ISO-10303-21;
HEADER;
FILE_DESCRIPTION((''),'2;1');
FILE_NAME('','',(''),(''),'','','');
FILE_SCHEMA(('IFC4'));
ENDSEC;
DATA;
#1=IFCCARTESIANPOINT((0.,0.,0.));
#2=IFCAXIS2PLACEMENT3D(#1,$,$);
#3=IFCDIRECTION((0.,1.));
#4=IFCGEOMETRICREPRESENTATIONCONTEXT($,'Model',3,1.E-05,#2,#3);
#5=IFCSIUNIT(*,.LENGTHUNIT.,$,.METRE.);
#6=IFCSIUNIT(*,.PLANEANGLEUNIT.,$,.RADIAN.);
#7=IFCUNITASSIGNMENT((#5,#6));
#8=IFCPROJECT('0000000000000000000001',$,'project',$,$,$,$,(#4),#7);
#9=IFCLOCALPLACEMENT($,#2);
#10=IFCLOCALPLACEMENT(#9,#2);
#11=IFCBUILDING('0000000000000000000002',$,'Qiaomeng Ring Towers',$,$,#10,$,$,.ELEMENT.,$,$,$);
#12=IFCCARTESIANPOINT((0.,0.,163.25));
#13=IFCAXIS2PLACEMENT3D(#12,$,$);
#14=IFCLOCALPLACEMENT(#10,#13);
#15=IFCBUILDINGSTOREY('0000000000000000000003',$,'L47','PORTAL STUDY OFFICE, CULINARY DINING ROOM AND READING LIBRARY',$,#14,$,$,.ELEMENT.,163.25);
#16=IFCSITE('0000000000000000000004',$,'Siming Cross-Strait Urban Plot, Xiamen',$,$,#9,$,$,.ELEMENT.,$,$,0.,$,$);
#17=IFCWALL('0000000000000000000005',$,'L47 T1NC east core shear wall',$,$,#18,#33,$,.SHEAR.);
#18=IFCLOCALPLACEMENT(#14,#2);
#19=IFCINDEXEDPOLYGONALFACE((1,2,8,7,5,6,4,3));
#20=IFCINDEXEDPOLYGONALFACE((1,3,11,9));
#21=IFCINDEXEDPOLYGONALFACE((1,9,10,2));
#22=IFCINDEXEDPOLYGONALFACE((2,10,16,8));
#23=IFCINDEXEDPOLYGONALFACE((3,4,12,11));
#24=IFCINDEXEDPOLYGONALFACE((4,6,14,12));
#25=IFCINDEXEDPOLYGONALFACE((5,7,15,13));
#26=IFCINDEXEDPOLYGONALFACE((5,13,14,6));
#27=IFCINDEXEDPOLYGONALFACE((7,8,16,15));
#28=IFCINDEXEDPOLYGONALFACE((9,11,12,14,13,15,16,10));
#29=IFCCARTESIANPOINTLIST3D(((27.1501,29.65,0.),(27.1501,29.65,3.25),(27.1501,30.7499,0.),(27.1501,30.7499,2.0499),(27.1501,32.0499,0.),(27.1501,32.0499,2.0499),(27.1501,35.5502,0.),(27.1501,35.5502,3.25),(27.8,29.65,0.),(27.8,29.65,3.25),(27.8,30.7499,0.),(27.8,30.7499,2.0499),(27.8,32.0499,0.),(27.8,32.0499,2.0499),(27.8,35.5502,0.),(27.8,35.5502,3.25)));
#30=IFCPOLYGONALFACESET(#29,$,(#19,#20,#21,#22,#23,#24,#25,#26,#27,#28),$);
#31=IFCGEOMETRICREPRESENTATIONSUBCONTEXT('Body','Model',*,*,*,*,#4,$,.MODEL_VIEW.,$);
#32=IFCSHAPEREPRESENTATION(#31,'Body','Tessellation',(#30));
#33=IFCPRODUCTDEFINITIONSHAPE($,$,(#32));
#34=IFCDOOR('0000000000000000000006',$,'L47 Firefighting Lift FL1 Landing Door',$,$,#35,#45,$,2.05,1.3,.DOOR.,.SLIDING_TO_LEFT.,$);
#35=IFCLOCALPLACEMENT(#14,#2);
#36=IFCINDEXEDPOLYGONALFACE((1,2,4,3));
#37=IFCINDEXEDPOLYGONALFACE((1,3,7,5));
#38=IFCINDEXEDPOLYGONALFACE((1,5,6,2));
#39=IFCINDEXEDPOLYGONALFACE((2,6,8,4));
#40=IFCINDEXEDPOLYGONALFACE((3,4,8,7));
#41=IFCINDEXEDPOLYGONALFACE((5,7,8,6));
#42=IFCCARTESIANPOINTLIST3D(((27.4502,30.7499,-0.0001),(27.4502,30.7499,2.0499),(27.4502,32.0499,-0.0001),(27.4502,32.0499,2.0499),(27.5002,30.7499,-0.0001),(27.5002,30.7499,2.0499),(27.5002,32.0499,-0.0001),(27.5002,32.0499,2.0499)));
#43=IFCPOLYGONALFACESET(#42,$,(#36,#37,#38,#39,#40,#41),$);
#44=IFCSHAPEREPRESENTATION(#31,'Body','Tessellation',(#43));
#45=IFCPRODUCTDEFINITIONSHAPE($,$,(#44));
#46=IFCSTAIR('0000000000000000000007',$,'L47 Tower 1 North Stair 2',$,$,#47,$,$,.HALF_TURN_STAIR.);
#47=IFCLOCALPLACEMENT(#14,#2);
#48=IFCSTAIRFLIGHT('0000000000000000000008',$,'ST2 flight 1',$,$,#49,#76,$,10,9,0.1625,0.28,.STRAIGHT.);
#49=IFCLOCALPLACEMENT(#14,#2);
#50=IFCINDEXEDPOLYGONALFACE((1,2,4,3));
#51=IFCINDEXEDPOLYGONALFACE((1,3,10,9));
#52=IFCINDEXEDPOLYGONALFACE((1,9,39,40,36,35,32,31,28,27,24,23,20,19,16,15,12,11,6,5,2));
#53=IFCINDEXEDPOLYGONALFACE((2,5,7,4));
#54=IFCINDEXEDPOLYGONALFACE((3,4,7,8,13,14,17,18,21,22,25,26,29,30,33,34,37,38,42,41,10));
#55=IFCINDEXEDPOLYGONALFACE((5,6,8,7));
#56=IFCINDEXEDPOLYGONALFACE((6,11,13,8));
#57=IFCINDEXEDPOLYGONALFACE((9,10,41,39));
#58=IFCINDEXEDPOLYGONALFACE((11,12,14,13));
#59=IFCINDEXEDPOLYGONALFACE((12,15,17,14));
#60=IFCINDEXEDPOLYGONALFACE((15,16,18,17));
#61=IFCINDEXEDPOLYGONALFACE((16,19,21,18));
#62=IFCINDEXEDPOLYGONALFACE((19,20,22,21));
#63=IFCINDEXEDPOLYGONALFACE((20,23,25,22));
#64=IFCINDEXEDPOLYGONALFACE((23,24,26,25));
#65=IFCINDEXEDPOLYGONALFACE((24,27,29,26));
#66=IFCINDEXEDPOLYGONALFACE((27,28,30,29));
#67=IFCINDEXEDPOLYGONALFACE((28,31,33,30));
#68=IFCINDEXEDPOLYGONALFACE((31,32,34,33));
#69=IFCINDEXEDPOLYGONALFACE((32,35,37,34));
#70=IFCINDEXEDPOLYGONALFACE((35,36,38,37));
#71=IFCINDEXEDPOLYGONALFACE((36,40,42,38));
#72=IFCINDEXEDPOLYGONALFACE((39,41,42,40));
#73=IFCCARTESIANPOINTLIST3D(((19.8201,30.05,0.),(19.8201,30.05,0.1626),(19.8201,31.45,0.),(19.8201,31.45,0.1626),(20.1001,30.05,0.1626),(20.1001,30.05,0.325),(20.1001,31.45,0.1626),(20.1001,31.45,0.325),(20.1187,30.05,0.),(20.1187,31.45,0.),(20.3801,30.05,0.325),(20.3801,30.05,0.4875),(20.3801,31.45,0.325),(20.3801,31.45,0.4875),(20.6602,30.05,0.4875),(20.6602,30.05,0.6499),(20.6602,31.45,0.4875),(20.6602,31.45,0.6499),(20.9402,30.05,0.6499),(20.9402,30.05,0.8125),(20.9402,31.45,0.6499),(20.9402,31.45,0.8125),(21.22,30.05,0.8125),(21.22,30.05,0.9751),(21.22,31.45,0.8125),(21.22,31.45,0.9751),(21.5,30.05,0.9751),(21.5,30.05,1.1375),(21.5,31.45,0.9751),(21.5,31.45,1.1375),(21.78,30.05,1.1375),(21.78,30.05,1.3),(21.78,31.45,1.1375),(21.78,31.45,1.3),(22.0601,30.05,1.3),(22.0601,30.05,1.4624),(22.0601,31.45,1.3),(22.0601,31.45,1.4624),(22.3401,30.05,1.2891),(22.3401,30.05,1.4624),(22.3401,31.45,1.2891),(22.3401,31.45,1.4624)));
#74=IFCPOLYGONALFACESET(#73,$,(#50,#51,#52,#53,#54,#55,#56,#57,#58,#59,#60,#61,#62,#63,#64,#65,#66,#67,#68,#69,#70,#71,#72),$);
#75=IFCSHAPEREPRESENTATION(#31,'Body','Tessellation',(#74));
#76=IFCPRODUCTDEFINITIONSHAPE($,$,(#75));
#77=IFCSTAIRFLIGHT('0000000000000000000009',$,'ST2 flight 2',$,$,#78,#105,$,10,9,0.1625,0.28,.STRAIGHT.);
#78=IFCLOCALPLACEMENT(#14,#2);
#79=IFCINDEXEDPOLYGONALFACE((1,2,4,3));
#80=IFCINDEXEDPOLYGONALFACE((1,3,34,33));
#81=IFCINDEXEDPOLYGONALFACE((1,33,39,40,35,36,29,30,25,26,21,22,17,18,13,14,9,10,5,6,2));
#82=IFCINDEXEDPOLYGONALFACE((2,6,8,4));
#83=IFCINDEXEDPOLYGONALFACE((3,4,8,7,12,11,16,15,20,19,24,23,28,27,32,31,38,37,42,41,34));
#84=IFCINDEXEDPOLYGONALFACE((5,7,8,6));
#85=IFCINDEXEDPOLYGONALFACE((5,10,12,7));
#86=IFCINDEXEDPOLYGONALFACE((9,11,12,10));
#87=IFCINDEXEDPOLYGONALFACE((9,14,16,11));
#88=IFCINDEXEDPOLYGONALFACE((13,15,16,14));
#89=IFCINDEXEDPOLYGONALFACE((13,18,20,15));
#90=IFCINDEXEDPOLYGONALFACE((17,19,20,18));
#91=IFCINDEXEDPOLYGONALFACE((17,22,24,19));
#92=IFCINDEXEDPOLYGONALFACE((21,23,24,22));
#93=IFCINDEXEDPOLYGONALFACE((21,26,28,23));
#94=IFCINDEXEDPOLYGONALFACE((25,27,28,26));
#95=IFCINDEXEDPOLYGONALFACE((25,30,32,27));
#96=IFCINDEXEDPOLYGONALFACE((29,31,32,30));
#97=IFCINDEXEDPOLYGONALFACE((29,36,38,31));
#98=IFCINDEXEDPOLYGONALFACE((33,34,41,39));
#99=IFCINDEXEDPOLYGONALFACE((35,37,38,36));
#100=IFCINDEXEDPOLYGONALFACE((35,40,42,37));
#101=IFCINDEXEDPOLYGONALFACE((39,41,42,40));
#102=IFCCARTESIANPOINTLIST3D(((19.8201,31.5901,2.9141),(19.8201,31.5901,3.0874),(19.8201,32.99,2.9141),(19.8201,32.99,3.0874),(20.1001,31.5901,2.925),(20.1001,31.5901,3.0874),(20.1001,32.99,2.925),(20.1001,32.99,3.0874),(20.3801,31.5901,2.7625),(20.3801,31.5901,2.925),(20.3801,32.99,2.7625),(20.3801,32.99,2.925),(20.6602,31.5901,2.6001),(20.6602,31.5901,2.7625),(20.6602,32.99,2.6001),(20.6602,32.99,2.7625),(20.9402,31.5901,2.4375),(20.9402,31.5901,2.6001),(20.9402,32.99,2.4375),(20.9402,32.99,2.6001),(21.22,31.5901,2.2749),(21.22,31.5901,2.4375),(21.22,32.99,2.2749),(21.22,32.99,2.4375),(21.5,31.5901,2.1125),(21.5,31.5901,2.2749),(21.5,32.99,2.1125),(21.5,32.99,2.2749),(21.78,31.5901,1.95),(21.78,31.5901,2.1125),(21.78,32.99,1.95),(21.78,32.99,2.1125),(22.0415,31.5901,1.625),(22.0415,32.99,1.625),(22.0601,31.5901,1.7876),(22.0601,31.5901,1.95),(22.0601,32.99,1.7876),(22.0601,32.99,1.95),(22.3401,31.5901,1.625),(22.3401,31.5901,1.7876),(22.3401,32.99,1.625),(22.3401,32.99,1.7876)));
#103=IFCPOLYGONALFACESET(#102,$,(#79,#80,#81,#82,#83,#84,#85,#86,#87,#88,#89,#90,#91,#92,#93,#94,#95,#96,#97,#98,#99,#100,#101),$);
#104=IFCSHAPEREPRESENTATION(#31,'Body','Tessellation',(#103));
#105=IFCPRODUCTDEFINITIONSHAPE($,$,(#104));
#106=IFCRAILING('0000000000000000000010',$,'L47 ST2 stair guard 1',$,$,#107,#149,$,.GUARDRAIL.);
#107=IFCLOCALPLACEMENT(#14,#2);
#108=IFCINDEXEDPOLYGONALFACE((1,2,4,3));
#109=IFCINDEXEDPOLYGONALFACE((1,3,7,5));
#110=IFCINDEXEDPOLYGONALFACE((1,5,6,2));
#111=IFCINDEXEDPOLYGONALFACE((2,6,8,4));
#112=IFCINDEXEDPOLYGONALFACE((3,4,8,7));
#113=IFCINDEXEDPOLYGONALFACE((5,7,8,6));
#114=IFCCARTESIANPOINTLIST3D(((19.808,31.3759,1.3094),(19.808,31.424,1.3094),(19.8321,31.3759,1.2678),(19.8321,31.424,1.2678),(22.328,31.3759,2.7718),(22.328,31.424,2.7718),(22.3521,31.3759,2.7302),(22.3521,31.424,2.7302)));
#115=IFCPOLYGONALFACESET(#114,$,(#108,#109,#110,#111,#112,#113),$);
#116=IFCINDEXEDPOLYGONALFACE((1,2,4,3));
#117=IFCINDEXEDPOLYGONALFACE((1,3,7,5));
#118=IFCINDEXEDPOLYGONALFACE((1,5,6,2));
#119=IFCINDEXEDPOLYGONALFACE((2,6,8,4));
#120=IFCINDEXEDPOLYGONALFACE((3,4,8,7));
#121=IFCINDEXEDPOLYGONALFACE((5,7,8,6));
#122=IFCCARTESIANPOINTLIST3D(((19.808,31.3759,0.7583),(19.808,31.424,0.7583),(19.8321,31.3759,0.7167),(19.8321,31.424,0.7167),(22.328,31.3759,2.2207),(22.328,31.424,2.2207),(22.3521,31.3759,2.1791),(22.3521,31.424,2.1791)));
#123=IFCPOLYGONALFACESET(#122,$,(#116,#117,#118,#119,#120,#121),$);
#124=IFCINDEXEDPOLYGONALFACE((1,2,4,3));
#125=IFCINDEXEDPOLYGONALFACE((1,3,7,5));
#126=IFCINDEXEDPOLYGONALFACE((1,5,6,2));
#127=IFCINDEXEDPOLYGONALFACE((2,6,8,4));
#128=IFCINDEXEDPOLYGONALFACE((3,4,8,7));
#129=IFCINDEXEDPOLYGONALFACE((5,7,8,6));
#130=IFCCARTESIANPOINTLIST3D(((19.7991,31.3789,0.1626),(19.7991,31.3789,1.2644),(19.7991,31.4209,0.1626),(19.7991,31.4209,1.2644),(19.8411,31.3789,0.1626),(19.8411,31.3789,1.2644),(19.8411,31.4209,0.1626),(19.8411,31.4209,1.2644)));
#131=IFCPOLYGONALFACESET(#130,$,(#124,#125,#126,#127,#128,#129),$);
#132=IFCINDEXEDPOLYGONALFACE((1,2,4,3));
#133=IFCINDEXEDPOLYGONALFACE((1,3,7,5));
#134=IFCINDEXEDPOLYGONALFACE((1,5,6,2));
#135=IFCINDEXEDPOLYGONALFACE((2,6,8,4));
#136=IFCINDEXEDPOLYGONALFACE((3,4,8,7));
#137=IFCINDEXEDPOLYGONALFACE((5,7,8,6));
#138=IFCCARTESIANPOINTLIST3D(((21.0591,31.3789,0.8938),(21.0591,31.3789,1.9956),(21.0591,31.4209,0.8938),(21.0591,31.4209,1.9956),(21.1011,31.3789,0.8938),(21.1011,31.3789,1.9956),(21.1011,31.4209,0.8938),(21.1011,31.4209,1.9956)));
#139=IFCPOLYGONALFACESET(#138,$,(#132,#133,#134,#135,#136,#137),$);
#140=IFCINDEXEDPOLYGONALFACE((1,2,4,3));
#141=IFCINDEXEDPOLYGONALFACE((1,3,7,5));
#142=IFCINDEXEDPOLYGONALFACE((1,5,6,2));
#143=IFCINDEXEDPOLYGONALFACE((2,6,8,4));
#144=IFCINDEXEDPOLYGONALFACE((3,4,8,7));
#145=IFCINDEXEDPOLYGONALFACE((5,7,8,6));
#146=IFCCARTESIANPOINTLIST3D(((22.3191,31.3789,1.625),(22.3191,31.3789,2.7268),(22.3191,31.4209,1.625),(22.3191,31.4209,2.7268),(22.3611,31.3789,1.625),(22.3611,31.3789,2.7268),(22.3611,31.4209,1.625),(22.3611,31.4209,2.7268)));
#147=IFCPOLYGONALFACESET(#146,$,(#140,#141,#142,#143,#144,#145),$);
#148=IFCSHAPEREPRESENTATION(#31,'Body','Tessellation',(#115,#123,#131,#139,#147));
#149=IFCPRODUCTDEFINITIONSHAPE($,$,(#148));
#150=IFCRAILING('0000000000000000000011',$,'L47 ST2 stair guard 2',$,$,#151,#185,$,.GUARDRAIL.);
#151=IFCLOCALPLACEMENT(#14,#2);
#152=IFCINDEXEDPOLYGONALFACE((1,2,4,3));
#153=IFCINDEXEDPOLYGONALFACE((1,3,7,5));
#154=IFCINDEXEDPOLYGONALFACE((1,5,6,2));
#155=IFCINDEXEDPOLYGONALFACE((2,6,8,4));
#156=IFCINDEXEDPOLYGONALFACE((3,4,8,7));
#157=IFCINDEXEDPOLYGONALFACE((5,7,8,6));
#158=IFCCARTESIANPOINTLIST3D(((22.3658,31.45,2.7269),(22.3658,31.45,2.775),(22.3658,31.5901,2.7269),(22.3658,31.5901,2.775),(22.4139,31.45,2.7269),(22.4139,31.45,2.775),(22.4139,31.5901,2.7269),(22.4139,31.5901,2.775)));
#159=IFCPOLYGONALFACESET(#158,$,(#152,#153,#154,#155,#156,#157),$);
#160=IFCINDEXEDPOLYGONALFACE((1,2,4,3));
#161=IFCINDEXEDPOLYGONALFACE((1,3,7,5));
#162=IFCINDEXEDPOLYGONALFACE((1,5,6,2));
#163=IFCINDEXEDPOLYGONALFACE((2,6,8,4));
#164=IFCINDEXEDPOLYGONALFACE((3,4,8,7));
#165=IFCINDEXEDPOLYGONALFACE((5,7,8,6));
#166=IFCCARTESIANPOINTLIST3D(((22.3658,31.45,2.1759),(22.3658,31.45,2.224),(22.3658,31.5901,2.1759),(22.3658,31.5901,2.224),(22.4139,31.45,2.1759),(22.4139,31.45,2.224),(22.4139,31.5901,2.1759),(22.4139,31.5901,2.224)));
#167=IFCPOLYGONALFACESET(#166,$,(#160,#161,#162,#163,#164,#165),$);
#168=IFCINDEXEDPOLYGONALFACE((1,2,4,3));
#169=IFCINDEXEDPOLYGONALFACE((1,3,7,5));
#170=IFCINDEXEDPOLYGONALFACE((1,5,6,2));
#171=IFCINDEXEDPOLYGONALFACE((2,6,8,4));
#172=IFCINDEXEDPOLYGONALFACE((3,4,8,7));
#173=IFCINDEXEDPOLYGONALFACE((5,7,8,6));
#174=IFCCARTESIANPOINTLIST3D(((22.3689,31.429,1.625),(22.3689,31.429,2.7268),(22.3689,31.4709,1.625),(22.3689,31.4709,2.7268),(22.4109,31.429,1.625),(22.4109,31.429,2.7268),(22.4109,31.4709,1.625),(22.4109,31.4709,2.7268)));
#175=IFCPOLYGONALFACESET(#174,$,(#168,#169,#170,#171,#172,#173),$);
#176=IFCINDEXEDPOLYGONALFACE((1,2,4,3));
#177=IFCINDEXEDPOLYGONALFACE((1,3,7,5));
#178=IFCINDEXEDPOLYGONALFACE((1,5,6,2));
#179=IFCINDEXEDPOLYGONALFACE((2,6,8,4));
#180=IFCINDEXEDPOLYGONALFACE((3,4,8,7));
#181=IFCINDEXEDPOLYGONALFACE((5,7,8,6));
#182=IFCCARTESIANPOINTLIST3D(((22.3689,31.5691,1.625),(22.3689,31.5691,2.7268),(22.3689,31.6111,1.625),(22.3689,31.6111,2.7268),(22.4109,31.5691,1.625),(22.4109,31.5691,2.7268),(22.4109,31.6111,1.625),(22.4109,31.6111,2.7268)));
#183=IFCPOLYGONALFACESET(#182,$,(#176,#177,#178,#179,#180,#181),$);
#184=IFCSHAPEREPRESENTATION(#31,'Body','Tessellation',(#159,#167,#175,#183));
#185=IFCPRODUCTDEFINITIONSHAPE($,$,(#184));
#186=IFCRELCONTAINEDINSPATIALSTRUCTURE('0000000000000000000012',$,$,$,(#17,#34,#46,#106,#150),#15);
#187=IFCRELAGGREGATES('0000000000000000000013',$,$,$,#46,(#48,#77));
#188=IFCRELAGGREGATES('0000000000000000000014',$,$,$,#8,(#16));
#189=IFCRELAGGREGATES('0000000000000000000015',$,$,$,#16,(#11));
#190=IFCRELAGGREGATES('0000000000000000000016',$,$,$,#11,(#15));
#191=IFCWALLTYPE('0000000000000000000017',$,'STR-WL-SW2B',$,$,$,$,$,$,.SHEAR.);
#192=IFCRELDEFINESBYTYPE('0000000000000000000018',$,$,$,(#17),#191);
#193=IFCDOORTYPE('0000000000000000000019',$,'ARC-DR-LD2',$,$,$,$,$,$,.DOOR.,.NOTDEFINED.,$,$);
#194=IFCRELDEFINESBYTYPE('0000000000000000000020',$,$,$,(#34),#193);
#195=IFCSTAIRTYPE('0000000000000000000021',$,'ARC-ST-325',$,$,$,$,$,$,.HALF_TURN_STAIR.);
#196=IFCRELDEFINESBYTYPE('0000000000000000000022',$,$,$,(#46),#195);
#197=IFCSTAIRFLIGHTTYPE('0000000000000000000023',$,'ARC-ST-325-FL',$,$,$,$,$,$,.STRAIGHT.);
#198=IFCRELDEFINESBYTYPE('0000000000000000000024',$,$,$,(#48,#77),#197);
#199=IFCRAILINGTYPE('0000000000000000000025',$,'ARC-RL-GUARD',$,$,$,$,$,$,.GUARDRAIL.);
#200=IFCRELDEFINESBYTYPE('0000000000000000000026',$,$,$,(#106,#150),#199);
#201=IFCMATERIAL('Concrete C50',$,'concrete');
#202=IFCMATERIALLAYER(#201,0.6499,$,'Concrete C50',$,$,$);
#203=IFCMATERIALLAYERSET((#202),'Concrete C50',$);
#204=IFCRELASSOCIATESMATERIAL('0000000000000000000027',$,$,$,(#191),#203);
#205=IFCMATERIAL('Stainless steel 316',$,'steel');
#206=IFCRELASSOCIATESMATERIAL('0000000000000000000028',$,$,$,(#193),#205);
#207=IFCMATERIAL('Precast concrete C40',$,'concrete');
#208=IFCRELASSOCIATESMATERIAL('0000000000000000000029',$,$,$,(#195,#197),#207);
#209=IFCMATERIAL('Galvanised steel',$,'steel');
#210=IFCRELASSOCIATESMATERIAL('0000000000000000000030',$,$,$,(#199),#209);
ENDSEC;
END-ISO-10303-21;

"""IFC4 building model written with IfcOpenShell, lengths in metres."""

from ifc_helpers import new_model, si_unit, direction, frame, frame_2d, origin, origin_2d, place, context, subcontext, project, spatial, polyline, rectangle, outline, extrude, source, transform, mapped, material, layer, layer_set, type_object, element, fill, aggregate, save


model = new_model("IFC4")

# Units and contexts
model_context = context("Model", 3, precision=1e-05, world=origin(), true_north=direction((0.0, 1.0)))
body_context = subcontext(model_context, "Body", "Model", "MODEL_VIEW")
ifc_project = project(units=[si_unit("LENGTHUNIT", "METRE"), si_unit("PLANEANGLEUNIT", "RADIAN")], contexts=[model_context])

# Site, building, storey
site_placement = place(None, origin())
site = spatial("IfcSite", under=ifc_project, at=site_placement, Name="Siming Cross-Strait Urban Plot, Xiamen", CompositionType="ELEMENT", RefElevation=0.0)
building_placement = place(site_placement, origin())
building = spatial("IfcBuilding", under=site, at=building_placement, Name="Qiaomeng Ring Towers", CompositionType="ELEMENT")
storey_placement = place(building_placement, frame((0.0, 0.0, 163.25)))
storey = spatial("IfcBuildingStorey", under=building, at=storey_placement, Name="L47", Description="PORTAL STUDY OFFICE, CULINARY DINING ROOM AND READING LIBRARY", CompositionType="ELEMENT", Elevation=163.25)

# Shared definitions
ifc_material_1 = material(Name="Precast concrete C40", Category="concrete")

# Shared definitions
ifc_material_2 = material(Name="Galvanised steel", Category="steel")

# Wall, opening, door
ifc_material_3 = material(Name="Concrete C50", Category="concrete")
ifc_layer_1 = layer(ifc_material_3, 0.6499, Name="Concrete C50")
ifc_layer_set_1 = layer_set([ifc_layer_1], Name="Concrete C50")
wall_type_1 = type_object("IfcWallType", Name="STR-WL-SW2B", PredefinedType="SHEAR", material=ifc_layer_set_1)
wall_1_placement = place(storey_placement, frame((27.4751, 29.6499, 0.0), z_axis=(0.0, 0.0, 1.0), x_axis=(0.0, 1.0, 0.0)))
wall_1 = element("IfcWall", 1, at=wall_1_placement, inside=storey, type_object=wall_type_1, Name="L47 T1NC east core shear wall", PredefinedType="SHEAR", context=body_context, shape_type="SweptSolid", body=[
    extrude(rectangle(XDim=5.9001, YDim=0.6499, at=frame_2d((2.9502, 0.0))), origin(), (0.0, 0.0, 1.0), 3.25),
])
opening_1_placement = place(wall_1_placement, frame((1.1001, 0.0, 0.0)))
opening_1 = element("IfcOpeningElement", 2, at=opening_1_placement, cuts=wall_1, PredefinedType="OPENING", context=body_context, shape_type="SweptSolid", body=[
    extrude(rectangle(XDim=1.3, YDim=2.05, at=frame_2d((0.6499, 1.0249))), frame((0.0, 0.335, 0.0), z_axis=(0.0, -1.0, 0.0), x_axis=(1.0, 0.0, 0.0)), (0.0, 0.0, 1.0), 0.6699),
])
ifc_material_4 = material(Name="Stainless steel 316", Category="steel")
door_type_1 = type_object("IfcDoorType", Name="ARC-DR-LD2", OperationType="NOTDEFINED", PredefinedType="DOOR", material=ifc_material_4)
shared_shape_1 = source(origin(), body_context, "Body", "SweptSolid", [
    extrude(rectangle(XDim=1.3, YDim=2.05, at=frame_2d((0.6499, 1.0249))), frame((0.0, 0.0249, 0.0), z_axis=(0.0, -1.0, 0.0), x_axis=(1.0, 0.0, 0.0)), (0.0, 0.0, 1.0), 0.05),
])
door_1_placement = place(opening_1_placement, origin())
door_1 = element("IfcDoor", 3, at=door_1_placement, inside=storey, type_object=door_type_1, Name="L47 Firefighting Lift FL1 Landing Door", OperationType="SLIDING_TO_LEFT", OverallHeight=2.05, OverallWidth=1.3, PredefinedType="DOOR", context=body_context, shape_type="MappedRepresentation", body=[
    mapped(shared_shape_1, transform((0.0, 0.0, 0.0), x_axis=(1.0, 0.0, 0.0), y_axis=(0.0, 1.0, 0.0), z_axis=(0.0, 0.0, 1.0), scale=1.0)),
])
fill(opening_1, door_1)

# Stair, stair flights
stair_type = type_object("IfcStairType", Name="ARC-ST-325", PredefinedType="HALF_TURN_STAIR", material=ifc_material_1)
stair_placement = place(storey_placement, origin())
stair = element("IfcStair", 4, at=stair_placement, inside=storey, type_object=stair_type, Name="L47 Tower 1 North Stair 2", PredefinedType="HALF_TURN_STAIR")
stair_flight_type = type_object("IfcStairFlightType", Name="ARC-ST-325-FL", PredefinedType="STRAIGHT", material=ifc_material_1)
shared_shape_2 = source(origin(), body_context, "Body", "SweptSolid", [
    extrude(outline(polyline([(0.0, 0.0), (0.0, 0.1626), (0.28, 0.1626), (0.28, 0.325), (0.5601, 0.325), (0.5601, 0.4875), (0.8401, 0.4875), (0.8401, 0.6499), (1.1201, 0.6499), (1.1201, 0.8125), (1.3999, 0.8125), (1.3999, 0.9751), (1.6799, 0.9751), (1.6799, 1.1375), (1.96, 1.1375), (1.96, 1.3), (2.24, 1.3), (2.24, 1.4624), (2.52, 1.4624), (2.52, 1.625), (2.52, 1.2891), (0.2986, 0.0), (0.0, 0.0)])), frame((0.0, 0.7, 0.0), z_axis=(0.0, -1.0, 0.0), x_axis=(1.0, 0.0, 0.0)), (0.0, 0.0, 1.0), 1.3999),
])
stair_flight_1_placement = place(storey_placement, frame((19.8201, 30.75, 0.0), z_axis=(0.0, 0.0, 1.0), x_axis=(1.0, 0.0, 0.0)))
stair_flight_1 = element("IfcStairFlight", 5, at=stair_flight_1_placement, type_object=stair_flight_type, Name="ST2 flight 1", NumberOfRisers=10, NumberOfTreads=9, PredefinedType="STRAIGHT", RiserHeight=0.1625, TreadLength=0.28, context=body_context, shape_type="MappedRepresentation", body=[
    mapped(shared_shape_2, transform((0.0, 0.0, 0.0), x_axis=(1.0, 0.0, 0.0), y_axis=(0.0, 1.0, 0.0), z_axis=(0.0, 0.0, 1.0), scale=1.0)),
])
stair_flight_2_placement = place(storey_placement, frame((22.3401, 32.29, 1.625), z_axis=(0.0, 0.0, 1.0), x_axis=(-1.0, 0.0, 0.0)))
stair_flight_2 = element("IfcStairFlight", 6, at=stair_flight_2_placement, type_object=stair_flight_type, Name="ST2 flight 2", NumberOfRisers=10, NumberOfTreads=9, PredefinedType="STRAIGHT", RiserHeight=0.1625, TreadLength=0.28, context=body_context, shape_type="MappedRepresentation", body=[
    mapped(shared_shape_2, transform((0.0, 0.0, 0.0), x_axis=(1.0, 0.0, 0.0), y_axis=(0.0, 1.0, 0.0), z_axis=(0.0, 0.0, 1.0), scale=1.0)),
])
aggregate(stair, [stair_flight_1, stair_flight_2])

# Railings
railing_type_1 = type_object("IfcRailingType", Name="ARC-RL-GUARD", PredefinedType="GUARDRAIL", material=ifc_material_2)
railing_1_placement = place(storey_placement, frame((19.8201, 31.3999, 0.1626)))
element("IfcRailing", 7, at=railing_1_placement, inside=storey, type_object=railing_type_1, Name="L47 ST2 stair guard 1", PredefinedType="GUARDRAIL", context=body_context, shape_type="SweptSolid", body=[
    extrude(rectangle(XDim=0.0481, YDim=0.0481, at=origin_2d()), frame((0.0, 0.0, 1.126), z_axis=(0.864913, 0.0, 0.501921), x_axis=(0.0, 1.0, 0.0)), (0.0, 0.0, 1.0), 2.9136),
    extrude(rectangle(XDim=0.0481, YDim=0.0481, at=origin_2d()), frame((0.0, 0.0, 0.575), z_axis=(0.864913, 0.0, 0.501921), x_axis=(0.0, 1.0, 0.0)), (0.0, 0.0, 1.0), 2.9136),
    extrude(rectangle(XDim=0.042, YDim=0.042, at=origin_2d()), origin(), (0.0, 0.0, 1.0), 1.1018),
    extrude(rectangle(XDim=0.042, YDim=0.042, at=origin_2d()), frame((1.26, 0.0, 0.7312)), (0.0, 0.0, 1.0), 1.1018),
    extrude(rectangle(XDim=0.042, YDim=0.042, at=origin_2d()), frame((2.52, 0.0, 1.4624)), (0.0, 0.0, 1.0), 1.1018),
])
railing_2_placement = place(storey_placement, frame((22.3899, 31.45, 1.625)))
element("IfcRailing", 8, at=railing_2_placement, inside=storey, type_object=railing_type_1, Name="L47 ST2 stair guard 2", PredefinedType="GUARDRAIL", context=body_context, shape_type="SweptSolid", body=[
    extrude(rectangle(XDim=0.0481, YDim=0.0481, at=origin_2d()), frame((0.0, 0.0, 1.126), z_axis=(0.0, 1.0, 0.0), x_axis=(-1.0, 0.0, 0.0)), (0.0, 0.0, 1.0), 0.1401),
    extrude(rectangle(XDim=0.0481, YDim=0.0481, at=origin_2d()), frame((0.0, 0.0, 0.575), z_axis=(0.0, 1.0, 0.0), x_axis=(-1.0, 0.0, 0.0)), (0.0, 0.0, 1.0), 0.1401),
    extrude(rectangle(XDim=0.042, YDim=0.042, at=origin_2d()), origin(), (0.0, 0.0, 1.0), 1.1018),
    extrude(rectangle(XDim=0.042, YDim=0.042, at=origin_2d()), frame((0.0, 0.1401, 0.0)), (0.0, 0.0, 1.0), 1.1018),
])

save(model, "model.ifc")
